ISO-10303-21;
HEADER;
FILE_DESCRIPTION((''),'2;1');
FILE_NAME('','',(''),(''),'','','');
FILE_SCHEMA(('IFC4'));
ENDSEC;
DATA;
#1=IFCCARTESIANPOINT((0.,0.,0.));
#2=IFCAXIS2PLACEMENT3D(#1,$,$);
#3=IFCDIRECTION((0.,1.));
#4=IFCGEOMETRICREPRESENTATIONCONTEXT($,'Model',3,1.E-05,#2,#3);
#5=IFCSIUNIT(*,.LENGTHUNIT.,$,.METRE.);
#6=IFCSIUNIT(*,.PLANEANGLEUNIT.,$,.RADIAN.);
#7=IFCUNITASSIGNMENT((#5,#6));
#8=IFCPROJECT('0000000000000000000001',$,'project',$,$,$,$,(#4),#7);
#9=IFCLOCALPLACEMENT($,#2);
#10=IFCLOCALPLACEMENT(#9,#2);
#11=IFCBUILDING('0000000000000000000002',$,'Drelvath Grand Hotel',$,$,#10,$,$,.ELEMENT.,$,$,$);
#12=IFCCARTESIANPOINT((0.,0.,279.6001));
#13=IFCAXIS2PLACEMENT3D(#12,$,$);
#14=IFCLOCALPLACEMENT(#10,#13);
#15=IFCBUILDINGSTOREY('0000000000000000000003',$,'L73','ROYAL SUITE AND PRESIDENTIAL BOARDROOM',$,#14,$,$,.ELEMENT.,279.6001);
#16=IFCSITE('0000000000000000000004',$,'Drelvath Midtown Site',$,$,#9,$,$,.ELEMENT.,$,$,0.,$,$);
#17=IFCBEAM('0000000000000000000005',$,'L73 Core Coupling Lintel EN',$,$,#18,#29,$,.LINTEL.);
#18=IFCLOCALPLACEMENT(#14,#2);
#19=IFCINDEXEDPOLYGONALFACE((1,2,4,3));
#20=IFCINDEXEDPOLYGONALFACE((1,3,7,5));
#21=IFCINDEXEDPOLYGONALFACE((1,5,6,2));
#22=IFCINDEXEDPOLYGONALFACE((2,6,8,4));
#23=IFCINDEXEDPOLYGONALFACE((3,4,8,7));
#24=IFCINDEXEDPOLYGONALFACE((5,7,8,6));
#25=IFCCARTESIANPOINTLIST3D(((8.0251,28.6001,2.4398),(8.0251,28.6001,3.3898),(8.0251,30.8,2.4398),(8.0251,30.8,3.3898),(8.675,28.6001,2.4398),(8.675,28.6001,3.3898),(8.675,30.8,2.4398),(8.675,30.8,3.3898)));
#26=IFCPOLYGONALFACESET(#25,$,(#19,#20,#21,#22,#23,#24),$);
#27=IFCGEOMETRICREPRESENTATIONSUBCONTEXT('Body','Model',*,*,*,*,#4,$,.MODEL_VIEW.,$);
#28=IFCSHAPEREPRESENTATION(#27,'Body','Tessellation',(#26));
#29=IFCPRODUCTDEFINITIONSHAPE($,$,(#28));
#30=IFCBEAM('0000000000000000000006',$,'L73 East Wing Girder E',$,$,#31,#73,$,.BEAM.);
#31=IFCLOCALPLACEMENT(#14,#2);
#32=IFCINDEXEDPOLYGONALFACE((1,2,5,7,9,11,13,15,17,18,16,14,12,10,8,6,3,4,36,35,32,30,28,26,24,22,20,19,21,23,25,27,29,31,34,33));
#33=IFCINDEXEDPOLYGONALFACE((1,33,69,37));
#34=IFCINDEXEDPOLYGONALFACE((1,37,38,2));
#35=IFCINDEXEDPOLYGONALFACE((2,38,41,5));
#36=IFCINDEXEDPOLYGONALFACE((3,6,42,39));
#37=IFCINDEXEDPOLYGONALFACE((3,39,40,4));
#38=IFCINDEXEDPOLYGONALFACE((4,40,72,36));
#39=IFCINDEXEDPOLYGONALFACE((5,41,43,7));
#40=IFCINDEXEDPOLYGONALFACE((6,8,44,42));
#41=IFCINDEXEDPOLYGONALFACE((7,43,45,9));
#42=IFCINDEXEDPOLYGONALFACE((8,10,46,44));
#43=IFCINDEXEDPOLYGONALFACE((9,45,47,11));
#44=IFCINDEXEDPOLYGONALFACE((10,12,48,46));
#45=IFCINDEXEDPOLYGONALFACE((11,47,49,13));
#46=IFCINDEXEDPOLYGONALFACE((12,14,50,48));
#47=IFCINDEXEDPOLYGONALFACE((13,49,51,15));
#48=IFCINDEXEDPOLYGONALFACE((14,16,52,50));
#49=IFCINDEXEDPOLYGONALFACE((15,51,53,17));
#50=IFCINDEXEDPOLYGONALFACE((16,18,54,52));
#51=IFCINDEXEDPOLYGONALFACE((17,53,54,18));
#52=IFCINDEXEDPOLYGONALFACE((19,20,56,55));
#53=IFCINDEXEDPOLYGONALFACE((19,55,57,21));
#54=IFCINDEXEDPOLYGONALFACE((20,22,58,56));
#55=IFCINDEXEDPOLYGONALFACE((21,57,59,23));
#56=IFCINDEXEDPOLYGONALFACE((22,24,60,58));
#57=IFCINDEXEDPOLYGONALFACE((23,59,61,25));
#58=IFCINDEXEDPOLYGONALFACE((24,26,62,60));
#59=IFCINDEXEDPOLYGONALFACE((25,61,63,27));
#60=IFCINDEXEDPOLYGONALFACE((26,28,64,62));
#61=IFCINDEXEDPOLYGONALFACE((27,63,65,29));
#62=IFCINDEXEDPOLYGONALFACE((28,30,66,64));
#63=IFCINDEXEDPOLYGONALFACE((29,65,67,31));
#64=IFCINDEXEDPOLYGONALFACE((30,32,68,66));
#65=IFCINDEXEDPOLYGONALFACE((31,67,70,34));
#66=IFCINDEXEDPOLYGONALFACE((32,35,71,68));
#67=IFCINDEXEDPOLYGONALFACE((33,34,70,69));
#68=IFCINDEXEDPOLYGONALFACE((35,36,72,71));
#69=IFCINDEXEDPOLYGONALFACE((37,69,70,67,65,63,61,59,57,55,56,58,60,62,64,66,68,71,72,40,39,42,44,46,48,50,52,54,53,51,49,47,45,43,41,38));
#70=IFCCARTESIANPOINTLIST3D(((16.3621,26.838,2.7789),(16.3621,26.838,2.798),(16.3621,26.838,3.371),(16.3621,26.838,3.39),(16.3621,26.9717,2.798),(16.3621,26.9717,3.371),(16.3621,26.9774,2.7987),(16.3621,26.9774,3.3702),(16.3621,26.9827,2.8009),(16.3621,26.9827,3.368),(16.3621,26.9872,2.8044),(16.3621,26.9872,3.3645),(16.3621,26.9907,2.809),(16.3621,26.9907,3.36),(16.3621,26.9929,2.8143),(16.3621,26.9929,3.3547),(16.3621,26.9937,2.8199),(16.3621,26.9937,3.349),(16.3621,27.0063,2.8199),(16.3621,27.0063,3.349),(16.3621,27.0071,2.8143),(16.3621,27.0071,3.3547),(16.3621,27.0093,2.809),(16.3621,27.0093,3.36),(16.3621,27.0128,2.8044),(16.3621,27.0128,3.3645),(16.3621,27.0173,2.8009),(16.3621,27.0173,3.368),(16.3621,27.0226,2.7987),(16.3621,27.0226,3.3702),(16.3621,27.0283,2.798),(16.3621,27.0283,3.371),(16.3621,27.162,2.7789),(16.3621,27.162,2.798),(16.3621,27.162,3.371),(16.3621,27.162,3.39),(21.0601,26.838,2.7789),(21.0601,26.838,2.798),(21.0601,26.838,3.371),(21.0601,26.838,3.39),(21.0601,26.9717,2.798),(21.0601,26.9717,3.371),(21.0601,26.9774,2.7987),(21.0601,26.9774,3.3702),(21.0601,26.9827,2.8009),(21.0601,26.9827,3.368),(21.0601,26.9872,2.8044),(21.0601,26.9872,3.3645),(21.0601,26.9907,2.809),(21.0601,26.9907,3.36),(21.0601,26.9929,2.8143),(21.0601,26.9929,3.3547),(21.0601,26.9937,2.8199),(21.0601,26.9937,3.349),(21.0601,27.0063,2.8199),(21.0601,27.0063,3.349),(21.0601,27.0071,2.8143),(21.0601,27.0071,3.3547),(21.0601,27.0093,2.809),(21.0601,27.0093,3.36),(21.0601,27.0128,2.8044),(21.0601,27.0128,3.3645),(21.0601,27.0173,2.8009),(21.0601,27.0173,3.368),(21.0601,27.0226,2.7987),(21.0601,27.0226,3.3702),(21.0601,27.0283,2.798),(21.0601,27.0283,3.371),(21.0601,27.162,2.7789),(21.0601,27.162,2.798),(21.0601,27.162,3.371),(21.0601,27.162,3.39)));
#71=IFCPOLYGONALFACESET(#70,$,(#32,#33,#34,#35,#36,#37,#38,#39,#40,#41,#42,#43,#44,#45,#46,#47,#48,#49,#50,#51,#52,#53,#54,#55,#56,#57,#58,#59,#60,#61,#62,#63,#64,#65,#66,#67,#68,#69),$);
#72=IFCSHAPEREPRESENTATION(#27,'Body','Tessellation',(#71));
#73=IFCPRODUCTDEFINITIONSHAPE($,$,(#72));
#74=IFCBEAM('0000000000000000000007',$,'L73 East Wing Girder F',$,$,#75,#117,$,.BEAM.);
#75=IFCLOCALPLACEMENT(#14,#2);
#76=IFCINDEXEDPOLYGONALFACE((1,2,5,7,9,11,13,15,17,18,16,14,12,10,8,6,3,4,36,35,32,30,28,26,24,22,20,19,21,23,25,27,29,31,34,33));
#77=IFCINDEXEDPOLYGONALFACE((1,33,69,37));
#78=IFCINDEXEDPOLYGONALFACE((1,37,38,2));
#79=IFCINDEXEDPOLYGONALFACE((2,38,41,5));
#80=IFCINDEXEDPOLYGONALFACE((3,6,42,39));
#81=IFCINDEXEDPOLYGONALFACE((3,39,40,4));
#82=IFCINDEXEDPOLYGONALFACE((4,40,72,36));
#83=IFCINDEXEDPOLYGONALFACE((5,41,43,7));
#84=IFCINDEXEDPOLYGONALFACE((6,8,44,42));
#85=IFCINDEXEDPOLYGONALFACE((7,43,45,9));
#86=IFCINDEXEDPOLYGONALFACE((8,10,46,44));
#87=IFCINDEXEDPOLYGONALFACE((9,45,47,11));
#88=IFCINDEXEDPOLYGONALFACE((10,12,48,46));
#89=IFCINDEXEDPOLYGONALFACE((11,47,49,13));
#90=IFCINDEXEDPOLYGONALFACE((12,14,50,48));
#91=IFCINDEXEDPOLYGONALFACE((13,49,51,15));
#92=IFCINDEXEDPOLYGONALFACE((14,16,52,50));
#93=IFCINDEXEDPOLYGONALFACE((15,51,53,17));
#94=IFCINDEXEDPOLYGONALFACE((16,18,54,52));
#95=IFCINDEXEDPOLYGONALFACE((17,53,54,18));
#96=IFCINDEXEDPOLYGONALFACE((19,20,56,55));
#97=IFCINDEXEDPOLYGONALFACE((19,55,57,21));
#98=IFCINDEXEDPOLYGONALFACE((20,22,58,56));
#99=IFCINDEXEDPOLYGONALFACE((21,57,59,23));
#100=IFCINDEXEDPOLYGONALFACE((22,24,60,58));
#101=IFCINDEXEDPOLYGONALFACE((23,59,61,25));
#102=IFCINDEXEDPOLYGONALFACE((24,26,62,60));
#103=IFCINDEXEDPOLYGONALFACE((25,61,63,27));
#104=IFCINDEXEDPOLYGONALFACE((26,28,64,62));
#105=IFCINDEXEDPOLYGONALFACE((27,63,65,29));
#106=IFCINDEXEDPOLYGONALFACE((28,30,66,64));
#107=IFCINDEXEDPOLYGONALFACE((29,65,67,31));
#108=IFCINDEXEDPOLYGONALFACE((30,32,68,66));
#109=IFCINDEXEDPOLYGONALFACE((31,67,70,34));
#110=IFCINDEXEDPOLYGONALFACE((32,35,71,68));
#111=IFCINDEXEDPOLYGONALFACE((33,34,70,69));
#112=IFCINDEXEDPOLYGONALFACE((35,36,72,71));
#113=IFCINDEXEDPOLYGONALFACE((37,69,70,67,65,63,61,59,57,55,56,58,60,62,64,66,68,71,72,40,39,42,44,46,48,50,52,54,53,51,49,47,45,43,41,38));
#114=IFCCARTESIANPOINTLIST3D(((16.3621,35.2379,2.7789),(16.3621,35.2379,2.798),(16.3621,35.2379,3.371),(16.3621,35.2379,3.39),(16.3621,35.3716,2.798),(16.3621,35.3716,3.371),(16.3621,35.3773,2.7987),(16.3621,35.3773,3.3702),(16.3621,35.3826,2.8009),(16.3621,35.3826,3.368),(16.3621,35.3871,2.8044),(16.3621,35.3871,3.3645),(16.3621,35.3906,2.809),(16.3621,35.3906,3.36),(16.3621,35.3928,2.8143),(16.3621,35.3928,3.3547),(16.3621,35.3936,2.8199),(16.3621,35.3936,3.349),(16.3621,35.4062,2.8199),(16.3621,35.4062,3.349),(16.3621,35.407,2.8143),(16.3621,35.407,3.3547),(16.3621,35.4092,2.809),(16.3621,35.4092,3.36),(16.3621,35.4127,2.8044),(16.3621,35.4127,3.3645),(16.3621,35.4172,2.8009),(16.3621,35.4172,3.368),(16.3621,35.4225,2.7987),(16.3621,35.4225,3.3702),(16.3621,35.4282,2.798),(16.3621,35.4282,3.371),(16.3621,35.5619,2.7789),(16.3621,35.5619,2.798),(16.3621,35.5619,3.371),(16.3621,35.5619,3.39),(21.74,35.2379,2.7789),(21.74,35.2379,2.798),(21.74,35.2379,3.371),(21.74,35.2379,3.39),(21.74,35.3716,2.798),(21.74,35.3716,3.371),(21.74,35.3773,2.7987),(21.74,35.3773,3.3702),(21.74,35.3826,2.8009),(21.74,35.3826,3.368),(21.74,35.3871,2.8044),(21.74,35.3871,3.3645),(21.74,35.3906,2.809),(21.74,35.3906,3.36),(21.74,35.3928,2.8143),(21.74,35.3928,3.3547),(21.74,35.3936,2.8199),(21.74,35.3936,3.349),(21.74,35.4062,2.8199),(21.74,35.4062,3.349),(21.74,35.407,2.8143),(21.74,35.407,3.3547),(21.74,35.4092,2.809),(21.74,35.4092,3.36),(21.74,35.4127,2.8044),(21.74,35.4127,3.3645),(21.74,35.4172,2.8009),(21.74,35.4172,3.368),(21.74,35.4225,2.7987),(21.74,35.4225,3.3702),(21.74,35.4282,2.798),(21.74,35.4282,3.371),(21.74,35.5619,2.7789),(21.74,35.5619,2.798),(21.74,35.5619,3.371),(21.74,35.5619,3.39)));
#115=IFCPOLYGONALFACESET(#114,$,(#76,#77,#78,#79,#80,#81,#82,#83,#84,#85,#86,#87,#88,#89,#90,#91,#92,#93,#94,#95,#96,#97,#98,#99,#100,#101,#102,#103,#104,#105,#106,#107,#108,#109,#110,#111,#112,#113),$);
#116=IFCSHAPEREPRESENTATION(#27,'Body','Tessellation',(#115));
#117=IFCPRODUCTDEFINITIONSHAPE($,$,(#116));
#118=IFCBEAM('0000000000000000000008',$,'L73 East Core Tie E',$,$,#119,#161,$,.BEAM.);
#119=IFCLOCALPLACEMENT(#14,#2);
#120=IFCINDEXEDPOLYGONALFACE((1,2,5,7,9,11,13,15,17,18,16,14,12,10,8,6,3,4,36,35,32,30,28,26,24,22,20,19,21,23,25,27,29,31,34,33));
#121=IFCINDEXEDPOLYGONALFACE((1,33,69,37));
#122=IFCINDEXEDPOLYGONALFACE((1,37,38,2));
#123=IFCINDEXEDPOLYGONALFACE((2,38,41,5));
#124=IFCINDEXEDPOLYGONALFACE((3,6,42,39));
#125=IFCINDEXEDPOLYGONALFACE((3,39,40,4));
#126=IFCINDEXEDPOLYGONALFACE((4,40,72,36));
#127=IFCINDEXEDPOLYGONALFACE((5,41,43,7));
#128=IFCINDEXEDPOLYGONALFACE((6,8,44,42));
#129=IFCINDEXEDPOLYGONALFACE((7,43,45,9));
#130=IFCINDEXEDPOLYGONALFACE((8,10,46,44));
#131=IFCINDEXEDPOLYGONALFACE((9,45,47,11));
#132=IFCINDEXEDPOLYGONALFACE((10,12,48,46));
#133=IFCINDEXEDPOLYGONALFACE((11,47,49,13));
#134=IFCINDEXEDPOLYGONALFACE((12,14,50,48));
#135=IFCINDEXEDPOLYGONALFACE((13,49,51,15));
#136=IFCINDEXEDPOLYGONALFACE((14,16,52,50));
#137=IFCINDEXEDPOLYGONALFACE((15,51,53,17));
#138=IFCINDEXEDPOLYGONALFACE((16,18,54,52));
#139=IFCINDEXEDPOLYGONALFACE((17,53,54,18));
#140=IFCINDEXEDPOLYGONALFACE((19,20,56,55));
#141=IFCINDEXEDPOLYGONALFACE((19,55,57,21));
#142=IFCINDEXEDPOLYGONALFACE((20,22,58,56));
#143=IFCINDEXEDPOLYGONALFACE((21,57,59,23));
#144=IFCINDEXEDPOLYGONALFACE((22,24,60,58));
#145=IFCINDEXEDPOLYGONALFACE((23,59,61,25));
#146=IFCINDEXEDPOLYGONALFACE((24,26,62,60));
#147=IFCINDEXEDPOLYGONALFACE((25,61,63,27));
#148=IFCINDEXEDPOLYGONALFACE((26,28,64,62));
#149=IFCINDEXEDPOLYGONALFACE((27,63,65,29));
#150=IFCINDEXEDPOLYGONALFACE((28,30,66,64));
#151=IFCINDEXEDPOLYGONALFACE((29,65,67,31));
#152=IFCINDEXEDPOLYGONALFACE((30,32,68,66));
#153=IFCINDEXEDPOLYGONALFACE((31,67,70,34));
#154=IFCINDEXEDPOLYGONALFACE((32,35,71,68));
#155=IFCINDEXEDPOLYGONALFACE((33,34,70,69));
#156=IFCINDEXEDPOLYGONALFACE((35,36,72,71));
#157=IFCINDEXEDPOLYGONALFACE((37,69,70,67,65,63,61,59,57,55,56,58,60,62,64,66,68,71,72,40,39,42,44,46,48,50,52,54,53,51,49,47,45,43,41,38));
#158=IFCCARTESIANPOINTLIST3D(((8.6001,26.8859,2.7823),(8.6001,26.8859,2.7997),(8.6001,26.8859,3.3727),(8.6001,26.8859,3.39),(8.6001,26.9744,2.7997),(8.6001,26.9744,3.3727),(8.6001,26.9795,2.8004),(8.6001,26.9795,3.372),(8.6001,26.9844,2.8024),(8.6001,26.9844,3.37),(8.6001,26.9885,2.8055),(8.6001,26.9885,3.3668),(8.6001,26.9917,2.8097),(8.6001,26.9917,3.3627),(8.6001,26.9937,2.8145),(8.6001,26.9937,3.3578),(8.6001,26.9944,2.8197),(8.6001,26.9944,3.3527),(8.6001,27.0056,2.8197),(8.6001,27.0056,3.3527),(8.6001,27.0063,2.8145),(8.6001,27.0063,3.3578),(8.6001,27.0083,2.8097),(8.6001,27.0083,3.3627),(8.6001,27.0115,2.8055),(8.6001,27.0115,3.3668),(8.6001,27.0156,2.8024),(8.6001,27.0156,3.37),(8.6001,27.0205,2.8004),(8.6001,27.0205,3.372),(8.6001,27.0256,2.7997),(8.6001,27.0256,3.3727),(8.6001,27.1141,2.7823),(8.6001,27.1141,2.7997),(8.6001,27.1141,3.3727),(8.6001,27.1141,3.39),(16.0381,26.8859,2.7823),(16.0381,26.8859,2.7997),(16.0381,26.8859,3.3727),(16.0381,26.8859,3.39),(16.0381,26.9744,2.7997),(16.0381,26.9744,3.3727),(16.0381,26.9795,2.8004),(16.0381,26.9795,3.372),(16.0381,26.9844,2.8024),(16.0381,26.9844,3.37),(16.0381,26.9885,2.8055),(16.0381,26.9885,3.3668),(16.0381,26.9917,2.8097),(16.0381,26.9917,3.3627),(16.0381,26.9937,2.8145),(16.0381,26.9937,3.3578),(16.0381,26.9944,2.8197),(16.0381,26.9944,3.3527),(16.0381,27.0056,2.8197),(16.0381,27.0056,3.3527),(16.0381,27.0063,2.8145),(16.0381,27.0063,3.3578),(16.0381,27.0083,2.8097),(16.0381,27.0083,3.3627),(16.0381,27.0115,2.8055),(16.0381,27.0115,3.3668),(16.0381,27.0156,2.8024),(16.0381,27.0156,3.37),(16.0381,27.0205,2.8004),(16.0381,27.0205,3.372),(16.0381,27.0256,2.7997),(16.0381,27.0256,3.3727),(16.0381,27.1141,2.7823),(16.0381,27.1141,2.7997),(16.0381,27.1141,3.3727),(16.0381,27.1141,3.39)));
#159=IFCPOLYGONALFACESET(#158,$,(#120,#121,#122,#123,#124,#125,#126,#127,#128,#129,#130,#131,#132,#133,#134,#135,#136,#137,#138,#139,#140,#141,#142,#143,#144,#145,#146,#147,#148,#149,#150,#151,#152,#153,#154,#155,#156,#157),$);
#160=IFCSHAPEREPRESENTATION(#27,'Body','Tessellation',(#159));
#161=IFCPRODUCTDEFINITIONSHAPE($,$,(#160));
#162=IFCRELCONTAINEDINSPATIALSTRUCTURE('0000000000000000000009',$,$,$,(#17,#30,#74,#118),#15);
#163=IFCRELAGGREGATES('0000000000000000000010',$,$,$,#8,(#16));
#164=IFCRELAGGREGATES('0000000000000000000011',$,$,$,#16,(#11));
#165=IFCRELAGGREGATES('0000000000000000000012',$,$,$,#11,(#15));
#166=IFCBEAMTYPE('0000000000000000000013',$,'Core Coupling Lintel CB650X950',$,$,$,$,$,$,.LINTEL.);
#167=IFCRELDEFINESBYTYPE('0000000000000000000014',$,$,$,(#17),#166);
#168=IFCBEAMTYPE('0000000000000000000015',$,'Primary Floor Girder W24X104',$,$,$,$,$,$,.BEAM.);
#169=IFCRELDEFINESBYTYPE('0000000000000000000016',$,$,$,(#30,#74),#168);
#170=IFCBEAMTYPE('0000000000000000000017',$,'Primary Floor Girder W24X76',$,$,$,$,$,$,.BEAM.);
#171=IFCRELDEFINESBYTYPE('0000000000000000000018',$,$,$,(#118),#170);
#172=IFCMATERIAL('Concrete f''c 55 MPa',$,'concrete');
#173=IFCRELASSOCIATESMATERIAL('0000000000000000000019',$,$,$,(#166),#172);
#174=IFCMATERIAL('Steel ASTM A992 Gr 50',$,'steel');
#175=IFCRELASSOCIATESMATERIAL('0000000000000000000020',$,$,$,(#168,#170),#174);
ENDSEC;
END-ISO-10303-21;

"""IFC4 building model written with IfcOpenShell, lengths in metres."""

from ifc_helpers import new_model, si_unit, direction, frame, origin, origin_2d, place, context, subcontext, project, spatial, rectangle, i_section, extrude, material, material_profile, profile_set, type_object, element, save


model = new_model("IFC4")

# Units and contexts
model_context = context("Model", 3, precision=1e-05, world=origin(), true_north=direction((0.0, 1.0)))
body_context = subcontext(model_context, "Body", "Model", "MODEL_VIEW")
ifc_project = project(units=[si_unit("LENGTHUNIT", "METRE"), si_unit("PLANEANGLEUNIT", "RADIAN")], contexts=[model_context])

# Site, building, storey
site_placement = place(None, origin())
site = spatial("IfcSite", under=ifc_project, at=site_placement, Name="Drelvath Midtown Site", CompositionType="ELEMENT", RefElevation=0.0)
building_placement = place(site_placement, origin())
building = spatial("IfcBuilding", under=site, at=building_placement, Name="Drelvath Grand Hotel", CompositionType="ELEMENT")
storey_placement = place(building_placement, frame((0.0, 0.0, 279.6001)))
storey = spatial("IfcBuildingStorey", under=building, at=storey_placement, Name="L73", Description="ROYAL SUITE AND PRESIDENTIAL BOARDROOM", CompositionType="ELEMENT", Elevation=279.6001)

# Beams
ifc_material_1 = material(Name="Concrete f'c 55 MPa", Category="concrete")
ifc_material_profile_1 = material_profile(ifc_material_1, rectangle(XDim=0.6499, YDim=0.95, at=origin_2d()), Name="CB650X950")
ifc_profile_set_1 = profile_set([ifc_material_profile_1], Name="Concrete f'c 55 MPa")
beam_type_1 = type_object("IfcBeamType", Name="Core Coupling Lintel CB650X950", PredefinedType="LINTEL", material=ifc_profile_set_1)
beam_1_placement = place(storey_placement, frame((8.3501, 28.6001, 2.9148), z_axis=(0.0, 1.0, 0.0), x_axis=(-1.0, 0.0, 0.0)))
element("IfcBeam", 1, at=beam_1_placement, inside=storey, type_object=beam_type_1, Name="L73 Core Coupling Lintel EN", PredefinedType="LINTEL", context=body_context, shape_type="SweptSolid", body=[
    extrude(rectangle(XDim=0.6499, YDim=0.95, at=origin_2d()), origin(), (0.0, 0.0, 1.0), 2.2),
])
ifc_material_2 = material(Name="Steel ASTM A992 Gr 50", Category="steel")
ifc_material_profile_2 = material_profile(ifc_material_2, i_section(OverallWidth=0.324, OverallDepth=0.6111, WebThickness=0.0127, FlangeThickness=0.019, FilletRadius=0.022, at=origin_2d()), Name="W24X104")
ifc_profile_set_2 = profile_set([ifc_material_profile_2], Name="Steel ASTM A992 Gr 50")
beam_type_2 = type_object("IfcBeamType", Name="Primary Floor Girder W24X104", PredefinedType="BEAM", material=ifc_profile_set_2)
beam_2_placement = place(storey_placement, frame((16.3621, 27.0, 3.0845), z_axis=(1.0, 0.0, 0.0), x_axis=(0.0, 1.0, 0.0)))
element("IfcBeam", 2, at=beam_2_placement, inside=storey, type_object=beam_type_2, Name="L73 East Wing Girder E", PredefinedType="BEAM", context=body_context, shape_type="SweptSolid", body=[
    extrude(i_section(OverallWidth=0.324, OverallDepth=0.6111, WebThickness=0.0127, FlangeThickness=0.019, FilletRadius=0.022, at=origin_2d()), origin(), (0.0, 0.0, 1.0), 4.698),
])
beam_3_placement = place(storey_placement, frame((16.3621, 35.3999, 3.0845), z_axis=(1.0, 0.0, 0.0), x_axis=(0.0, 1.0, 0.0)))
element("IfcBeam", 3, at=beam_3_placement, inside=storey, type_object=beam_type_2, Name="L73 East Wing Girder F", PredefinedType="BEAM", context=body_context, shape_type="SweptSolid", body=[
    extrude(i_section(OverallWidth=0.324, OverallDepth=0.6111, WebThickness=0.0127, FlangeThickness=0.019, FilletRadius=0.022, at=origin_2d()), origin(), (0.0, 0.0, 1.0), 5.3779),
])
ifc_material_profile_3 = material_profile(ifc_material_2, i_section(OverallWidth=0.2283, OverallDepth=0.6077, WebThickness=0.0112, FlangeThickness=0.0173, FilletRadius=0.02, at=origin_2d()), Name="W24X76")
ifc_profile_set_3 = profile_set([ifc_material_profile_3], Name="Steel ASTM A992 Gr 50")
beam_type_3 = type_object("IfcBeamType", Name="Primary Floor Girder W24X76", PredefinedType="BEAM", material=ifc_profile_set_3)
for number, where, z_axis, x_axis, name in (
    (4, (8.6001, 27.0, 3.0862), (1.0, 0.0, 0.0), (0.0, 1.0, 0.0), "L73 East Core Tie E"),
):
    element("IfcBeam", number, at=place(storey_placement, frame(where, z_axis=z_axis, x_axis=x_axis)), inside=storey, type_object=beam_type_3, Name=name, PredefinedType="BEAM", context=body_context, shape_type="SweptSolid", body=[
        extrude(i_section(OverallWidth=0.2283, OverallDepth=0.6077, WebThickness=0.0112, FlangeThickness=0.0173, FilletRadius=0.02, at=origin_2d()), origin(), (0.0, 0.0, 1.0), 7.438),
    ])

save(model, "model.ifc")
